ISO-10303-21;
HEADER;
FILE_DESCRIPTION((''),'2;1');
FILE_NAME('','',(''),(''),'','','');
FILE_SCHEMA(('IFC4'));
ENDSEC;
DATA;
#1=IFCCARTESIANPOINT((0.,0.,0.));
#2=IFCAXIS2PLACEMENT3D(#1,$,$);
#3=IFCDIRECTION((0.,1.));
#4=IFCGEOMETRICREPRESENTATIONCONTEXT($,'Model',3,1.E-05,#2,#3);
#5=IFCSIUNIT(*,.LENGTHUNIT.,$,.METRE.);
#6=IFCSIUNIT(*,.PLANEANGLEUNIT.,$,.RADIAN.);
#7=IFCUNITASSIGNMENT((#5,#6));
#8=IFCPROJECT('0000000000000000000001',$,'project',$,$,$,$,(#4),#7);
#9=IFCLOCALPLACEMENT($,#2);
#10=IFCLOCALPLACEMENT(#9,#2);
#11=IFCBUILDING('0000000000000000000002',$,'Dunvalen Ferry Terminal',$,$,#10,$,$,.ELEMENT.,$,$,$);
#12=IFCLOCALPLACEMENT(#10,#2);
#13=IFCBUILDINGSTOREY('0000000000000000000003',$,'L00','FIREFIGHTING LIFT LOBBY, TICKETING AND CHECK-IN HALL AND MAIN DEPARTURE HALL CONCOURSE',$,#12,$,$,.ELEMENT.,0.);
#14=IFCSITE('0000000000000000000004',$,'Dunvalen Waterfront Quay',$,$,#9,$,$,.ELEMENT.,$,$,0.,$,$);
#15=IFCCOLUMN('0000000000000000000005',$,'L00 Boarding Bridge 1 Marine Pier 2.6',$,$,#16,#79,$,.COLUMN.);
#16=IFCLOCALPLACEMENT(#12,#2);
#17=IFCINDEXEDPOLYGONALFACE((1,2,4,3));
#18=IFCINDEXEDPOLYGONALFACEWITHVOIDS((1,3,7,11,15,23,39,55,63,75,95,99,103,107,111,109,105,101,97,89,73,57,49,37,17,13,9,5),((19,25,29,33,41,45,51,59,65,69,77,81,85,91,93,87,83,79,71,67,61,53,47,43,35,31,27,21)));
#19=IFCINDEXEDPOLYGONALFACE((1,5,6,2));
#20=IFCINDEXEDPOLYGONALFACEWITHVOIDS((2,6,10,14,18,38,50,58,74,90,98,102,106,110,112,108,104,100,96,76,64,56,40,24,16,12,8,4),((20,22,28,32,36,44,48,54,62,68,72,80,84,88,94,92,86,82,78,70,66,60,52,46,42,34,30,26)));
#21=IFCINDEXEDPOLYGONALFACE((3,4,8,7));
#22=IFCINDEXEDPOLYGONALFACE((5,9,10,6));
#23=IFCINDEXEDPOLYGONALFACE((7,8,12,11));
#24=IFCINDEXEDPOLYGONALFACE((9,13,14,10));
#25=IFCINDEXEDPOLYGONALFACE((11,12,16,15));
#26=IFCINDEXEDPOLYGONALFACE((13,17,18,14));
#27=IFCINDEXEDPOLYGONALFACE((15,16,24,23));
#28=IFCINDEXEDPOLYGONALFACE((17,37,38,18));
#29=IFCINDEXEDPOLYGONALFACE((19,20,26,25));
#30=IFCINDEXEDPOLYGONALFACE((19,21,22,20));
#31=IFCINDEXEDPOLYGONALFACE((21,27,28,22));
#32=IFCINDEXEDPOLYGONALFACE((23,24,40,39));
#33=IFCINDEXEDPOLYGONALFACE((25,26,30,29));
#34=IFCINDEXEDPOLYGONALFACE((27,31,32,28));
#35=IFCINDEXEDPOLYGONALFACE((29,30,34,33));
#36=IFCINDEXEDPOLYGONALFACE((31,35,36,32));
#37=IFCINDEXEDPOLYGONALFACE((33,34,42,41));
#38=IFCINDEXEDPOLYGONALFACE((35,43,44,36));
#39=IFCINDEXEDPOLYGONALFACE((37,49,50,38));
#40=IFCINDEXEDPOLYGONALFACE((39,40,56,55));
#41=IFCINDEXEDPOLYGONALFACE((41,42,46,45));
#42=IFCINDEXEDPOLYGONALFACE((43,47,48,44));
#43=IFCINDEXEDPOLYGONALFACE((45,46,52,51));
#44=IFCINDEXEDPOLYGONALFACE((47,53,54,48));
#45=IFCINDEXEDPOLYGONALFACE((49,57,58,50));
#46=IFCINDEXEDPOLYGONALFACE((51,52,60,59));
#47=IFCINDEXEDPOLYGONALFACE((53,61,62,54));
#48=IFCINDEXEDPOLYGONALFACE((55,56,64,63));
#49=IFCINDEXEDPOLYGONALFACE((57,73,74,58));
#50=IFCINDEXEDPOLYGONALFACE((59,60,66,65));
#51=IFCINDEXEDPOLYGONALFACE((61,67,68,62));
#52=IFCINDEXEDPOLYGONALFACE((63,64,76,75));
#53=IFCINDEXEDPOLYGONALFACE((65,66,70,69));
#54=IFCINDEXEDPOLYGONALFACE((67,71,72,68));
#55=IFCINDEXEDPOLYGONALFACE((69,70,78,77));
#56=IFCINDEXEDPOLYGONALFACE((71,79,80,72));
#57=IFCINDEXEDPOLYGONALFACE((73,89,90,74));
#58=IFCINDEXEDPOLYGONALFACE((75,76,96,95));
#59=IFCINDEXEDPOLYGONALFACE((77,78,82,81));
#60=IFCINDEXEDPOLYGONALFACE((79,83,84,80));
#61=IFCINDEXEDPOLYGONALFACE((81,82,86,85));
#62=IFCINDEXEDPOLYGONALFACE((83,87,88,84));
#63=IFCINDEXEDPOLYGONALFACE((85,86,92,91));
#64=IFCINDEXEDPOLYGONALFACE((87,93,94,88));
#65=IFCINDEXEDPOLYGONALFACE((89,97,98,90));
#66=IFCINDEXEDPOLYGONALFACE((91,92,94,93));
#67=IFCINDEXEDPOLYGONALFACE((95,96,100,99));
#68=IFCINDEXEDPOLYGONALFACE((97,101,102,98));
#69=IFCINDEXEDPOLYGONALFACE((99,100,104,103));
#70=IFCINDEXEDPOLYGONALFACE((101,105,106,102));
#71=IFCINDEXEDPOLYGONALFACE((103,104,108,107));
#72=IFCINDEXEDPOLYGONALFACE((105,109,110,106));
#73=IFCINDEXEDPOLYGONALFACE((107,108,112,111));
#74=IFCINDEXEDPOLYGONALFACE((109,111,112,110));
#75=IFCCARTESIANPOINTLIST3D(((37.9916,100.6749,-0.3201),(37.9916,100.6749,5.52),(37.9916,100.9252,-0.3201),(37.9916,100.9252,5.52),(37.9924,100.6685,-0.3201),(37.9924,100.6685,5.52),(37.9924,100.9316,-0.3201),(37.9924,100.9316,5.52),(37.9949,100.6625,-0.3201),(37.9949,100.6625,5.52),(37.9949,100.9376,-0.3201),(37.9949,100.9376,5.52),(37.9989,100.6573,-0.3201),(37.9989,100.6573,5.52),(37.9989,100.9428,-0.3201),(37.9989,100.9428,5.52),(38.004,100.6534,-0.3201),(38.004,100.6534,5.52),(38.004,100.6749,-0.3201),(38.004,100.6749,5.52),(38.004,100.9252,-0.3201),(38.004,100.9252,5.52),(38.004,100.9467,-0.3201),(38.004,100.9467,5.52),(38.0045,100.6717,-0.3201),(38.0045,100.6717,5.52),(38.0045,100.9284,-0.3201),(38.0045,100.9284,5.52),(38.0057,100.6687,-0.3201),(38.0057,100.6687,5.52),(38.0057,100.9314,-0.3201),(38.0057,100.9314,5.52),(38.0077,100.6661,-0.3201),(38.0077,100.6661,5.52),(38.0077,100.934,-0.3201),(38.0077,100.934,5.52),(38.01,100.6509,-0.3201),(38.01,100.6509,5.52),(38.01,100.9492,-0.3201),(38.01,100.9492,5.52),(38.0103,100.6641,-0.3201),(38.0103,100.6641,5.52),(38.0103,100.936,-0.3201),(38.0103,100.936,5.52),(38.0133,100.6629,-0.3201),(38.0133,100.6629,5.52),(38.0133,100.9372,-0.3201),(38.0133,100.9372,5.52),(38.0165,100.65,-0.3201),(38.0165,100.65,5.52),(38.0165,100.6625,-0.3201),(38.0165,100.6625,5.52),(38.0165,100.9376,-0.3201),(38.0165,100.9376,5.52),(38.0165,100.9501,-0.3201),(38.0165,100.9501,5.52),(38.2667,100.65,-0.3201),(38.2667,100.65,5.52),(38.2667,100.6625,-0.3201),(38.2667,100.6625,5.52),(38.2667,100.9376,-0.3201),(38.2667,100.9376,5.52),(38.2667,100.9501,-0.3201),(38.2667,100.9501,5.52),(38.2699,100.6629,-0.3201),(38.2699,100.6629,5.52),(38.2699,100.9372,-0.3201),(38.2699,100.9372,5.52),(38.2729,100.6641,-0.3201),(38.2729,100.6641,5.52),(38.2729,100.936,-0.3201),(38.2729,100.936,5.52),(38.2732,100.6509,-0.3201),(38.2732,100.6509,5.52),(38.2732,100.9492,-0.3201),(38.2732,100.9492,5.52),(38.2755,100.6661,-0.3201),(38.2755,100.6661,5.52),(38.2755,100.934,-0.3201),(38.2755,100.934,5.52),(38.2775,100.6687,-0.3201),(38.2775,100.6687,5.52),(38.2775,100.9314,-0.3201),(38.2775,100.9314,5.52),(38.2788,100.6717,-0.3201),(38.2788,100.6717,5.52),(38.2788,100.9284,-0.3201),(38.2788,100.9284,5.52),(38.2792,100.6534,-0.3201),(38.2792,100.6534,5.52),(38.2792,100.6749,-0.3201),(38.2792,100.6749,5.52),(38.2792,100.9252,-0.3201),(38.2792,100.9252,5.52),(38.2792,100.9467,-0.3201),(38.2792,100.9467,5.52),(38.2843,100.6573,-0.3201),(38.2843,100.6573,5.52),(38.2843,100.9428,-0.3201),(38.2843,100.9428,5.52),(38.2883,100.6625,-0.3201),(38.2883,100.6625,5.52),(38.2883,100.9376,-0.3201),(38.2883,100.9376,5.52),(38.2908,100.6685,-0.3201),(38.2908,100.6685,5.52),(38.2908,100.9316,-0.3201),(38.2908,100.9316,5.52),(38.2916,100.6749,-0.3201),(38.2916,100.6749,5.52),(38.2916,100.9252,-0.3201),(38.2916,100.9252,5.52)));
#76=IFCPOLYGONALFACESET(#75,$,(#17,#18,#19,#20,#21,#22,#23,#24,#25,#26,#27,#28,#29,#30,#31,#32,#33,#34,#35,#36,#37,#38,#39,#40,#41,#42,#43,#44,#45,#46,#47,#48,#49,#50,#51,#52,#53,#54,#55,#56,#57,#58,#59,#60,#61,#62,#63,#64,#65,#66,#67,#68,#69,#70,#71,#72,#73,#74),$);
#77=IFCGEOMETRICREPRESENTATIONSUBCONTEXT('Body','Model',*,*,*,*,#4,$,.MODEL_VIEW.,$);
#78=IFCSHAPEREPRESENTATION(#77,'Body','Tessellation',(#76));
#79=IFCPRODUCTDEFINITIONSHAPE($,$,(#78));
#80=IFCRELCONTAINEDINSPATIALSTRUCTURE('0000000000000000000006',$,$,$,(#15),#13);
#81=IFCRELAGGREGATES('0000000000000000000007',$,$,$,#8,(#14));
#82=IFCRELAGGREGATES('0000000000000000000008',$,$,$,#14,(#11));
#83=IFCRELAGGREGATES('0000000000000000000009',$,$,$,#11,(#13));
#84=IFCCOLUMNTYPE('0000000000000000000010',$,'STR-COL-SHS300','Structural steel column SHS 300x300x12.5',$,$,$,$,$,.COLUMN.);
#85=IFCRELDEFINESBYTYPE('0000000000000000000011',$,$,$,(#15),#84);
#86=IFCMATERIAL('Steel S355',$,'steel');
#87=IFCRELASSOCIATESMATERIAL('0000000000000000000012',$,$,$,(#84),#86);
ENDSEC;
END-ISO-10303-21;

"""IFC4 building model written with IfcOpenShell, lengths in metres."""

from ifc_helpers import new_model, si_unit, direction, frame, origin, origin_2d, place, context, subcontext, project, spatial, hollow_rectangle, extrude, material, material_profile, profile_set, type_object, element, save


model = new_model("IFC4")

# Units and contexts
model_context = context("Model", 3, precision=1e-05, world=origin(), true_north=direction((0.0, 1.0)))
body_context = subcontext(model_context, "Body", "Model", "MODEL_VIEW")
ifc_project = project(units=[si_unit("LENGTHUNIT", "METRE"), si_unit("PLANEANGLEUNIT", "RADIAN")], contexts=[model_context])

# Site, building, storey
site_placement = place(None, origin())
site = spatial("IfcSite", under=ifc_project, at=site_placement, Name="Dunvalen Waterfront Quay", CompositionType="ELEMENT", RefElevation=0.0)
building_placement = place(site_placement, origin())
building = spatial("IfcBuilding", under=site, at=building_placement, Name="Dunvalen Ferry Terminal", CompositionType="ELEMENT")
storey_placement = place(building_placement, origin())
storey = spatial("IfcBuildingStorey", under=building, at=storey_placement, Name="L00", Description="FIREFIGHTING LIFT LOBBY, TICKETING AND CHECK-IN HALL AND MAIN DEPARTURE HALL CONCOURSE", CompositionType="ELEMENT", Elevation=0.0)

# Column
ifc_material_1 = material(Name="Steel S355", Category="steel")
ifc_material_profile_1 = material_profile(ifc_material_1, hollow_rectangle(XDim=0.3, YDim=0.3, WallThickness=0.0125, InnerFilletRadius=0.0125, OuterFilletRadius=0.0249, at=origin_2d()), Name="Steel S355")
ifc_profile_set_1 = profile_set([ifc_material_profile_1], Name="Steel S355")
column_type_1 = type_object("IfcColumnType", Name="STR-COL-SHS300", Description="Structural steel column SHS 300x300x12.5", PredefinedType="COLUMN", material=ifc_profile_set_1)
for number, where, z_axis, x_axis, name in (
    (1, (38.1416, 100.8, -0.3201), (0.0, 0.0, 1.0), (1.0, 0.0, 0.0), "L00 Boarding Bridge 1 Marine Pier 2.6"),
):
    element("IfcColumn", number, at=place(storey_placement, frame(where, z_axis=z_axis, x_axis=x_axis)), inside=storey, type_object=column_type_1, Name=name, PredefinedType="COLUMN", context=body_context, shape_type="SweptSolid", body=[
        extrude(hollow_rectangle(XDim=0.3, YDim=0.3, WallThickness=0.0125, InnerFilletRadius=0.0125, OuterFilletRadius=0.0249, at=origin_2d()), origin(), (0.0, 0.0, 1.0), 5.8401),
    ])

save(model, "model.ifc")
